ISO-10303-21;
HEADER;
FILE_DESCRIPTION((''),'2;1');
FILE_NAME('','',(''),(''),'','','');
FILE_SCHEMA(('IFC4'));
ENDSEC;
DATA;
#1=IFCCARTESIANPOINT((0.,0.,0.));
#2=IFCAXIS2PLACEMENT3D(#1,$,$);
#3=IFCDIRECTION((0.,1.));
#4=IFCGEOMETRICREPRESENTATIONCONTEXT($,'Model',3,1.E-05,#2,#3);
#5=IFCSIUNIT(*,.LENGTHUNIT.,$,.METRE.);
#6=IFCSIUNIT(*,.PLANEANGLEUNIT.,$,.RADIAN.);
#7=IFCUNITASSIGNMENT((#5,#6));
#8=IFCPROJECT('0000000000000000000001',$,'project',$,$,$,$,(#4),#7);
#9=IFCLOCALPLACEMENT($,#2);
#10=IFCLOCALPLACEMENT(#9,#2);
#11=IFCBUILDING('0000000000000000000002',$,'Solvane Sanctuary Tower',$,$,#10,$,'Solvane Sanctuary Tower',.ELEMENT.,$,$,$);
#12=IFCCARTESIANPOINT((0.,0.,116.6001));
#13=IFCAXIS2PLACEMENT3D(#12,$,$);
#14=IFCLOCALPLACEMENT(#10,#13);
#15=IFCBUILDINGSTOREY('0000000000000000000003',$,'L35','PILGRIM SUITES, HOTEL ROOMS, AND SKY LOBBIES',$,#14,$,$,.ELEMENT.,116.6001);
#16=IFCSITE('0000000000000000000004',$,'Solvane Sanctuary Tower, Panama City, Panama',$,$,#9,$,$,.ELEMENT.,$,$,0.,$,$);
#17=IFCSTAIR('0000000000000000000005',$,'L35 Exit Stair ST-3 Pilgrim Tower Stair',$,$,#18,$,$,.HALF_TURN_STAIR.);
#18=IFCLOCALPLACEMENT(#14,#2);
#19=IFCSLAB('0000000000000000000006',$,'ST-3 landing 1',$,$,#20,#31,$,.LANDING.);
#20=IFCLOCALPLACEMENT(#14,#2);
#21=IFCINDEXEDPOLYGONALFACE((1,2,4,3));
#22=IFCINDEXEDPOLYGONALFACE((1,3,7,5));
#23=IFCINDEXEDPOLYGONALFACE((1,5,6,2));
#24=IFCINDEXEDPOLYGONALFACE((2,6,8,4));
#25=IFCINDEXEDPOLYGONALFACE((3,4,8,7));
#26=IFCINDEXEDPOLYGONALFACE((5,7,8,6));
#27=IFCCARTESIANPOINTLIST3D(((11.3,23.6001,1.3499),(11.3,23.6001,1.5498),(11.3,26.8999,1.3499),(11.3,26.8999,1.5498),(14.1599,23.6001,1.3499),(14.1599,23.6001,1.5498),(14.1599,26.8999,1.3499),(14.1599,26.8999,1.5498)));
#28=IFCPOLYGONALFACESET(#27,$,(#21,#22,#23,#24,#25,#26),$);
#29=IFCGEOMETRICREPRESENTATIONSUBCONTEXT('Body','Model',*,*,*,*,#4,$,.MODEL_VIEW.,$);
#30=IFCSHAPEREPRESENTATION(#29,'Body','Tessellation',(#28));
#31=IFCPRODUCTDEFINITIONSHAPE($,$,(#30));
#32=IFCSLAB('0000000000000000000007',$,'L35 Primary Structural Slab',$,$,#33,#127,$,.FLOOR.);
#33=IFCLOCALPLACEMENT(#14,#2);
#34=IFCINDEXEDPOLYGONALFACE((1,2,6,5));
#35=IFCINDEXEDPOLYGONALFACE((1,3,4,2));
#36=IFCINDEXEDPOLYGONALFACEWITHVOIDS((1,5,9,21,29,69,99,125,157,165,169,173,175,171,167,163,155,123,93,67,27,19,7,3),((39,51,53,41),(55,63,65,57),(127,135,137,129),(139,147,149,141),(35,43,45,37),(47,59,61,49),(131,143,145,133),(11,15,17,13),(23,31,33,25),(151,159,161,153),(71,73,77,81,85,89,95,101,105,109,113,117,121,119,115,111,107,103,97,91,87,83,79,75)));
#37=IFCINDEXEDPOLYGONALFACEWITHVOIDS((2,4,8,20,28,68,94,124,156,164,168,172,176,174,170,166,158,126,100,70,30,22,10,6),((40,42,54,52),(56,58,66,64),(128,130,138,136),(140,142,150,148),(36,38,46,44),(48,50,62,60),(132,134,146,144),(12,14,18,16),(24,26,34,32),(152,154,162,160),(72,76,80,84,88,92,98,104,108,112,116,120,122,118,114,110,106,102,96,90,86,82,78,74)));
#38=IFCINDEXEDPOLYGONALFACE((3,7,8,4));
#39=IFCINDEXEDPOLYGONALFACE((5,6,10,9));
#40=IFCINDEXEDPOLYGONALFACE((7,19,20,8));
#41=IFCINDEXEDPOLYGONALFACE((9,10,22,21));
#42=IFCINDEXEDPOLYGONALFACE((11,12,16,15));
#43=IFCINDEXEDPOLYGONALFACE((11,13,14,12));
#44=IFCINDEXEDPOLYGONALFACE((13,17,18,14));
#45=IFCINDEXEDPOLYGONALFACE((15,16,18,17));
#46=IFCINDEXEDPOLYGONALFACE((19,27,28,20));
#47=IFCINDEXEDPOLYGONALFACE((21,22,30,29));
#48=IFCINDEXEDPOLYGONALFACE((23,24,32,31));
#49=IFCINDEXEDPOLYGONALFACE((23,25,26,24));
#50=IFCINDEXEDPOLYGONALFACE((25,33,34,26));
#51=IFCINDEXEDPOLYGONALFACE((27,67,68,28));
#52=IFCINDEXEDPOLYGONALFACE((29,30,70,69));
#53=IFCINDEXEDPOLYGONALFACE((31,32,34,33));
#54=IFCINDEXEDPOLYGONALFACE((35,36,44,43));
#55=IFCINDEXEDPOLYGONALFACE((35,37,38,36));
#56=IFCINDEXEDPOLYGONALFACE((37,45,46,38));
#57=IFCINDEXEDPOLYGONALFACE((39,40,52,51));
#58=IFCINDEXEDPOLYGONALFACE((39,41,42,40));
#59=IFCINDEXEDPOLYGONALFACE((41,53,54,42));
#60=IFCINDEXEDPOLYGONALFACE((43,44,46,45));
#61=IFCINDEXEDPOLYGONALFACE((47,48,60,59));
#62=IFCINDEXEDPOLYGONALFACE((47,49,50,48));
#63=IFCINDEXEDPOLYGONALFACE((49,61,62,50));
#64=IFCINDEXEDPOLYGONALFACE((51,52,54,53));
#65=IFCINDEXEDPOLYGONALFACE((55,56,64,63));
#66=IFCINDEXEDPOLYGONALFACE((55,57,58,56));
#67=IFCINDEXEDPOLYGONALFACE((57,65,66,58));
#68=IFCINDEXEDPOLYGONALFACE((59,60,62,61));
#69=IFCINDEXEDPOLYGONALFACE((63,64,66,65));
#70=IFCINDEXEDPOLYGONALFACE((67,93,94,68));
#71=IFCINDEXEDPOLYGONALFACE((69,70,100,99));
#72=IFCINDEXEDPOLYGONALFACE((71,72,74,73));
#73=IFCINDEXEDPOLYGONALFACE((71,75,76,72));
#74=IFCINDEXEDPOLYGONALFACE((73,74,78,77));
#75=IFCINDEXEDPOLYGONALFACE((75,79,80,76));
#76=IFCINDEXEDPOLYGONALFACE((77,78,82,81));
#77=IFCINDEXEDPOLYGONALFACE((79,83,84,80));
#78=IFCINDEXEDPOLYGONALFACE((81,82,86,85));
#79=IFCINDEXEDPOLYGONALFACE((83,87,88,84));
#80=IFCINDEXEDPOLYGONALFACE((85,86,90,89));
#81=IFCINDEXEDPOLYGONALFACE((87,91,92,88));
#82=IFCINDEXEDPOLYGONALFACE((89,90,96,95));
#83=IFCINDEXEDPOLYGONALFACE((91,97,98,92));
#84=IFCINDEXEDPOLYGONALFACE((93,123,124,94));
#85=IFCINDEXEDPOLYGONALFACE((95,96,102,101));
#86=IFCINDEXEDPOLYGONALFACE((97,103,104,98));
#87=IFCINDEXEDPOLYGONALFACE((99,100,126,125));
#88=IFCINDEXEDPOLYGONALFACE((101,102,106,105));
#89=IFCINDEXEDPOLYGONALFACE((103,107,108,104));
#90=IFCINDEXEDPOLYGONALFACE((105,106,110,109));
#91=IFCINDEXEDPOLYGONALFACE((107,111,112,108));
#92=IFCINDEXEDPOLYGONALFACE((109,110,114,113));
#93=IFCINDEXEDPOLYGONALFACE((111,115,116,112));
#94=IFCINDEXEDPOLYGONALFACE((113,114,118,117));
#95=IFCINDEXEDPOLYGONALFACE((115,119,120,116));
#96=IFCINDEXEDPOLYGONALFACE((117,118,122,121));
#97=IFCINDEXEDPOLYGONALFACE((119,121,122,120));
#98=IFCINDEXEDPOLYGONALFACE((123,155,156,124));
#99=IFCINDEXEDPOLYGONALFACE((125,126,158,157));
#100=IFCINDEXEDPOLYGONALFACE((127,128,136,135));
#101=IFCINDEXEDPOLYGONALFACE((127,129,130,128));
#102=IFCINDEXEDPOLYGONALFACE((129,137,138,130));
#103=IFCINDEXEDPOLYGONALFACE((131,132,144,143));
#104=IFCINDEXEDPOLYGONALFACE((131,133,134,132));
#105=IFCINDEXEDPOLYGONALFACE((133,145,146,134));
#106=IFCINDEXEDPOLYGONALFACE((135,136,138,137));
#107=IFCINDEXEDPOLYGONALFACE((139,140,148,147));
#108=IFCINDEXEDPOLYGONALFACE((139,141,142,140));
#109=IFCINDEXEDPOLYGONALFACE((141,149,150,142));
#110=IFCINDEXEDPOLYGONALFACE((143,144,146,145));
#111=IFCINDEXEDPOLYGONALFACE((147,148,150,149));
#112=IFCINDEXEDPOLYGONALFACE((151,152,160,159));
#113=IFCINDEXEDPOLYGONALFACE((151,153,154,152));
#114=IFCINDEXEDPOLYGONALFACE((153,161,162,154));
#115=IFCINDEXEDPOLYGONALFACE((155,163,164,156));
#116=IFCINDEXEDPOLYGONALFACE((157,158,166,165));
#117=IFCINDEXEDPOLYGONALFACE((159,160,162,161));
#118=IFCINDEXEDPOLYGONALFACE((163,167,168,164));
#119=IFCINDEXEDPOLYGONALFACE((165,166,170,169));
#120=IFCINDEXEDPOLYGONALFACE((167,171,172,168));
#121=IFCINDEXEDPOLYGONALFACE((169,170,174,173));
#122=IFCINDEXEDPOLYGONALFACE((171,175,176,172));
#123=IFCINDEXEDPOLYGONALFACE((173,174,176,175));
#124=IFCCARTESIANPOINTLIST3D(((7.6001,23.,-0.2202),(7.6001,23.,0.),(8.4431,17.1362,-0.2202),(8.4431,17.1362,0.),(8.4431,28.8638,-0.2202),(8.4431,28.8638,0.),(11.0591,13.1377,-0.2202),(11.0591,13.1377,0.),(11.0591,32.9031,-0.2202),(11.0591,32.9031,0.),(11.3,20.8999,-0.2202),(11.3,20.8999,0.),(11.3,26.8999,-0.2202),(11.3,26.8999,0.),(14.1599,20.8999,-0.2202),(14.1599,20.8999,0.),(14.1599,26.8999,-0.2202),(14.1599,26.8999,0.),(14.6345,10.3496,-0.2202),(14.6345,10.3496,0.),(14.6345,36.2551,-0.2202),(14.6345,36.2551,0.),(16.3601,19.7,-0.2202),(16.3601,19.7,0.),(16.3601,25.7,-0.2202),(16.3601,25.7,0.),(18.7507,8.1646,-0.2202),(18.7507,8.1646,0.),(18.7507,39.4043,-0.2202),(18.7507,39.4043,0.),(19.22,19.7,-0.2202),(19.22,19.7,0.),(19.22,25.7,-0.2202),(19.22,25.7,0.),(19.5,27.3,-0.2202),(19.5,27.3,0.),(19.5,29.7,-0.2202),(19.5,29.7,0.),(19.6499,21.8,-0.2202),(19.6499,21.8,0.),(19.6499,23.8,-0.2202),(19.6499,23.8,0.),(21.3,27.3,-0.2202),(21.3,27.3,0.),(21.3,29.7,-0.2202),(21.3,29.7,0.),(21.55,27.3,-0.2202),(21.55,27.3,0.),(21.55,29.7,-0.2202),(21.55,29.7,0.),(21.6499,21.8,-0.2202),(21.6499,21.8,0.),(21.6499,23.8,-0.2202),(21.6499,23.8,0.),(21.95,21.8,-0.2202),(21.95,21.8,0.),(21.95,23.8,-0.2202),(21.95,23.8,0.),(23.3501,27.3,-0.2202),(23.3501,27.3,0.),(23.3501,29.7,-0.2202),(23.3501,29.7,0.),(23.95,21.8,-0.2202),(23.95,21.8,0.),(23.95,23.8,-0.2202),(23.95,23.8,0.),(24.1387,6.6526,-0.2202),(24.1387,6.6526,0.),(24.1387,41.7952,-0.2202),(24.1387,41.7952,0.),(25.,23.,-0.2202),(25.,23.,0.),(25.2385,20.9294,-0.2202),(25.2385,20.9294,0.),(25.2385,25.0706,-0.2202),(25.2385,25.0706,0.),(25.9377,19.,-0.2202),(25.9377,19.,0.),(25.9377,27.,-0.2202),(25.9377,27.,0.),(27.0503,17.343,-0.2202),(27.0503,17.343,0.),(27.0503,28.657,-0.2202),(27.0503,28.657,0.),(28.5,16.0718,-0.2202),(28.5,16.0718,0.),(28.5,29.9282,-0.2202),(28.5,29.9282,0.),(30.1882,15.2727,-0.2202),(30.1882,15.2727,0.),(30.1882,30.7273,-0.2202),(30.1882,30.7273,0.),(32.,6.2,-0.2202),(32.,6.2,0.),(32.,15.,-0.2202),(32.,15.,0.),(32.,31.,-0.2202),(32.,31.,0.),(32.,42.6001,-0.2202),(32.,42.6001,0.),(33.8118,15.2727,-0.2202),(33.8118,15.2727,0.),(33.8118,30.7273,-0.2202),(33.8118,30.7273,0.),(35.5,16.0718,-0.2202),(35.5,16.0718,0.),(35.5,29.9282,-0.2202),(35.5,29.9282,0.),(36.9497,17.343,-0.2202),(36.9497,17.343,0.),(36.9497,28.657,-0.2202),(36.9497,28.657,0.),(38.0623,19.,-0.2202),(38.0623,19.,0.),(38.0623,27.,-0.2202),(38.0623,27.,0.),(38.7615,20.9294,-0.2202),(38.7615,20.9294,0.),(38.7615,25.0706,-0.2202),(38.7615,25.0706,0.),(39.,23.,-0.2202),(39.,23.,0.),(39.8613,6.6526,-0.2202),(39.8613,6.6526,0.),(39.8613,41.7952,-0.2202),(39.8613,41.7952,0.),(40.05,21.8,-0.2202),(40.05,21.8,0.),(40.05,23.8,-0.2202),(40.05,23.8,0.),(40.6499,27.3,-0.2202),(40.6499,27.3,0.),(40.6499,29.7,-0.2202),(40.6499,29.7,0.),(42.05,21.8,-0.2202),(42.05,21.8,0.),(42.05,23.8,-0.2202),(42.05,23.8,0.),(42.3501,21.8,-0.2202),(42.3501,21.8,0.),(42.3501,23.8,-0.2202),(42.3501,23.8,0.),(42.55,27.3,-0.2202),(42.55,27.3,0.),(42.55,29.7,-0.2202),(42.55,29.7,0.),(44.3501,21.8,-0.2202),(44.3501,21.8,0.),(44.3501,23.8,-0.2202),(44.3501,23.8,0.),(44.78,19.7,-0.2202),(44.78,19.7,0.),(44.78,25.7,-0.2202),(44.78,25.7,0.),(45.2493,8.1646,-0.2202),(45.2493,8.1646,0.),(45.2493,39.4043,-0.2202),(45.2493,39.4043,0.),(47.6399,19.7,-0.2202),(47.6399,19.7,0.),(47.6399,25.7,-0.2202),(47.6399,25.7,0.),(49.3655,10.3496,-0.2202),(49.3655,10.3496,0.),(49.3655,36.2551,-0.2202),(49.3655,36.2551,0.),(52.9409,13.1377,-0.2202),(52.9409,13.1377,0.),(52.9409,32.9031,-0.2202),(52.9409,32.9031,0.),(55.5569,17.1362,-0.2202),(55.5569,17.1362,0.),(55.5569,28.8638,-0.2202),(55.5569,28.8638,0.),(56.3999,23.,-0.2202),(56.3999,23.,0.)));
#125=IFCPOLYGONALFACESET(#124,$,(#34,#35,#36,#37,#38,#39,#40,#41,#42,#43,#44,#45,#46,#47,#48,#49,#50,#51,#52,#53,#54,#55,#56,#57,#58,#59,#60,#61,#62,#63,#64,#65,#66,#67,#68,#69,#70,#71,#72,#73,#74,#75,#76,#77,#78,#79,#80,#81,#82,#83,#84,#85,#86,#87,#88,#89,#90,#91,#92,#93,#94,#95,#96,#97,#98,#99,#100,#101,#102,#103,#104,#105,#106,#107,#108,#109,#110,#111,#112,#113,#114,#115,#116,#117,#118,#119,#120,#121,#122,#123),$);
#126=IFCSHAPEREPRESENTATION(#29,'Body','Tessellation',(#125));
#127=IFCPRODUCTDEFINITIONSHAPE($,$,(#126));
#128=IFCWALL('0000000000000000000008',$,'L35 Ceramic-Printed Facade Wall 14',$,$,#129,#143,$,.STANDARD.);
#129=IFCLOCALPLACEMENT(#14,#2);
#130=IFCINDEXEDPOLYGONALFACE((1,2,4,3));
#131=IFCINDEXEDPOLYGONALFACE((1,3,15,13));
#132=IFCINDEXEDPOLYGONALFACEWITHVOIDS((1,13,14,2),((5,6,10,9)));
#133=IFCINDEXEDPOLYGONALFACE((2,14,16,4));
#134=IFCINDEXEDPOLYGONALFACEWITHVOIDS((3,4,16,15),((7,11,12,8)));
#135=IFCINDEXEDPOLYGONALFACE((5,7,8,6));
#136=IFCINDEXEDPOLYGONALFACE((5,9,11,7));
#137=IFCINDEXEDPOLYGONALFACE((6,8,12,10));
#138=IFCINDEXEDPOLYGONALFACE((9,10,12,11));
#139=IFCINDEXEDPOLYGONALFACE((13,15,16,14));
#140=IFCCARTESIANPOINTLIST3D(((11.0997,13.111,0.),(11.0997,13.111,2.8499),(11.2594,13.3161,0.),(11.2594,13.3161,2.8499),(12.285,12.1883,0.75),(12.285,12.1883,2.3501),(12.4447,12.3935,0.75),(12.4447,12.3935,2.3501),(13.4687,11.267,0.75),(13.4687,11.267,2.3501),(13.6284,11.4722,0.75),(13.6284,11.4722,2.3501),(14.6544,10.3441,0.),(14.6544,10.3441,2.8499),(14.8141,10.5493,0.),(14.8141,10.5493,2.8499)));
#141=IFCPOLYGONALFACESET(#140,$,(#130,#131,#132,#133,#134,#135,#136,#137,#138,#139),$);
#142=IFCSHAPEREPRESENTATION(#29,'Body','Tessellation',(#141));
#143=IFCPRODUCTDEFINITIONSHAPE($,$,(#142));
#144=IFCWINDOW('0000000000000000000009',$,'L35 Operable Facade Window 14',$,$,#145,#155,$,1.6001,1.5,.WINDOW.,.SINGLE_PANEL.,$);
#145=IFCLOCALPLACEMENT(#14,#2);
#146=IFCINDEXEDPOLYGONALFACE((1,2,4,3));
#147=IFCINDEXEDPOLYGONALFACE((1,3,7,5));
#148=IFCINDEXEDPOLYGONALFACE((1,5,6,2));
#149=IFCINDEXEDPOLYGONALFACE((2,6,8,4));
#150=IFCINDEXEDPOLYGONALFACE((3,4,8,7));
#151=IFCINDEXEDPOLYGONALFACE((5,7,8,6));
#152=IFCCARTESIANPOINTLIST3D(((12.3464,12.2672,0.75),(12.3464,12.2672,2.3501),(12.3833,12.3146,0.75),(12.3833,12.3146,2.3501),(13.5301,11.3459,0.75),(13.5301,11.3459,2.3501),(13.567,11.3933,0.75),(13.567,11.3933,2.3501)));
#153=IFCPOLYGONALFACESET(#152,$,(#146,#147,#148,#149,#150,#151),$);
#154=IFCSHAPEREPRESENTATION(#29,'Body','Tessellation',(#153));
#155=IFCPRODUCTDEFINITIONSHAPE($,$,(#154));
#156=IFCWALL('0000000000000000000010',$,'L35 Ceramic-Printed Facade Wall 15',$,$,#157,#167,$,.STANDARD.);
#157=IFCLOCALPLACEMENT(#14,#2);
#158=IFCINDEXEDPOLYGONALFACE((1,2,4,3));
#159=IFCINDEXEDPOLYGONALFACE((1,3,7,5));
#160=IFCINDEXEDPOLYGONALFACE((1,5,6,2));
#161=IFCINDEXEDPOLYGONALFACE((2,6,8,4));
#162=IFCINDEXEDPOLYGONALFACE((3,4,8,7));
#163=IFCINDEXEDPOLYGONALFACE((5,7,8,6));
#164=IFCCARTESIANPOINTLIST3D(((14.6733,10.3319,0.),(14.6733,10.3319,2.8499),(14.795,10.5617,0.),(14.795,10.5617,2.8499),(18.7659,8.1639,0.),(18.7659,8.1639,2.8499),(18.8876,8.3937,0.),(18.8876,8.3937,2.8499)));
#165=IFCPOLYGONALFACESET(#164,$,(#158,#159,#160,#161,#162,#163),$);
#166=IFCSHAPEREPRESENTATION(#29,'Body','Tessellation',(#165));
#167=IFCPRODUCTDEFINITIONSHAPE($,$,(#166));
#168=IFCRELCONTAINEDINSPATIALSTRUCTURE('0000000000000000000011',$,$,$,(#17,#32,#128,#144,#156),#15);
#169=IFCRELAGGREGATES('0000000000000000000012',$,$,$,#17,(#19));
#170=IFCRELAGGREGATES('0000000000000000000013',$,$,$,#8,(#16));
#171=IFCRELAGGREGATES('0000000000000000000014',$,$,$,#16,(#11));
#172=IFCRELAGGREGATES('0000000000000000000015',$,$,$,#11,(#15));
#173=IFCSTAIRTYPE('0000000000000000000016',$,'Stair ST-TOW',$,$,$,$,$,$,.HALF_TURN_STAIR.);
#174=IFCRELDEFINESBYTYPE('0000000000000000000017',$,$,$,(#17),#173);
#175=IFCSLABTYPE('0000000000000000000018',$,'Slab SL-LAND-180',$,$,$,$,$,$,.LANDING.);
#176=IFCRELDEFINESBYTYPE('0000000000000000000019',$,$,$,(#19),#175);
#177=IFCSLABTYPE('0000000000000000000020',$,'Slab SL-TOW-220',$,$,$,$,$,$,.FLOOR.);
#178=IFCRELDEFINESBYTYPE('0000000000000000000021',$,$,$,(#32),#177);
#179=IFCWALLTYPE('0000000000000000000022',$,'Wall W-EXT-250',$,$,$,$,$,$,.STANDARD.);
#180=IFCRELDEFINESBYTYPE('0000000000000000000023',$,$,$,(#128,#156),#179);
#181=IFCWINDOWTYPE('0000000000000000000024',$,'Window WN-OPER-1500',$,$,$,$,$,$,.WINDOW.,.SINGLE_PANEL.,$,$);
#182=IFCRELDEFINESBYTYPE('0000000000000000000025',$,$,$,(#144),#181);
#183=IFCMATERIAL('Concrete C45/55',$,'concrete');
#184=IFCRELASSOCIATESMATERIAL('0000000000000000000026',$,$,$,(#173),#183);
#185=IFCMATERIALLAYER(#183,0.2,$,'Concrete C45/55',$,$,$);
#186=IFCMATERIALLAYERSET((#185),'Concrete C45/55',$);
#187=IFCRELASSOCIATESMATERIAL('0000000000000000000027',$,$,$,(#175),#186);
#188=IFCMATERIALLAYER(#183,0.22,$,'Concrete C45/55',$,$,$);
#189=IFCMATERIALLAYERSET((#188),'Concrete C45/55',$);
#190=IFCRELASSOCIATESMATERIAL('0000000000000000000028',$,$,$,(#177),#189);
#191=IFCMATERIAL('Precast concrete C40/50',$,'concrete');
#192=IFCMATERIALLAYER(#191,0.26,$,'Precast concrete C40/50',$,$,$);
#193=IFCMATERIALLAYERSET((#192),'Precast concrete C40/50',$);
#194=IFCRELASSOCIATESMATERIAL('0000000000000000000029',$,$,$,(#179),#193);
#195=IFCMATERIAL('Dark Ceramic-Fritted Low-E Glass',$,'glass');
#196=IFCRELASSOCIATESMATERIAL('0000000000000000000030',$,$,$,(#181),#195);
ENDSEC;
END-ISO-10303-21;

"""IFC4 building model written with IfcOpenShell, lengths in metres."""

from ifc_helpers import new_model, si_unit, direction, frame, frame_2d, origin, place, context, subcontext, project, spatial, polyline, rectangle, outline, extrude, material, layer, layer_set, type_object, element, fill, aggregate, save


model = new_model("IFC4")

# Units and contexts
model_context = context("Model", 3, precision=1e-05, world=origin(), true_north=direction((0.0, 1.0)))
body_context = subcontext(model_context, "Body", "Model", "MODEL_VIEW")
ifc_project = project(units=[si_unit("LENGTHUNIT", "METRE"), si_unit("PLANEANGLEUNIT", "RADIAN")], contexts=[model_context])

# Site, building, storey
site_placement = place(None, origin())
site = spatial("IfcSite", under=ifc_project, at=site_placement, Name="Solvane Sanctuary Tower, Panama City, Panama", CompositionType="ELEMENT", RefElevation=0.0)
building_placement = place(site_placement, origin())
building = spatial("IfcBuilding", under=site, at=building_placement, Name="Solvane Sanctuary Tower", LongName="Solvane Sanctuary Tower", CompositionType="ELEMENT")
storey_placement = place(building_placement, frame((0.0, 0.0, 116.6001)))
storey = spatial("IfcBuildingStorey", under=building, at=storey_placement, Name="L35", Description="PILGRIM SUITES, HOTEL ROOMS, AND SKY LOBBIES", CompositionType="ELEMENT", Elevation=116.6001)

# Shared definitions
ifc_material_1 = material(Name="Precast concrete C40/50", Category="concrete")

# Stair, slab
ifc_material_2 = material(Name="Concrete C45/55", Category="concrete")
stair_type = type_object("IfcStairType", Name="Stair ST-TOW", PredefinedType="HALF_TURN_STAIR", material=ifc_material_2)
ifc_layer_1 = layer(ifc_material_2, 0.2, Name="Concrete C45/55")
ifc_layer_set_1 = layer_set([ifc_layer_1], Name="Concrete C45/55")
slab_type_1 = type_object("IfcSlabType", Name="Slab SL-LAND-180", PredefinedType="LANDING", material=ifc_layer_set_1)
stair_1_placement = place(storey_placement, origin())
stair_1 = element("IfcStair", 1, at=stair_1_placement, inside=storey, type_object=stair_type, Name="L35 Exit Stair ST-3 Pilgrim Tower Stair", PredefinedType="HALF_TURN_STAIR")
slab_1_placement = place(storey_placement, frame((0.0, 0.0, 1.3499)))
slab_1 = element("IfcSlab", 2, at=slab_1_placement, type_object=slab_type_1, Name="ST-3 landing 1", PredefinedType="LANDING", context=body_context, shape_type="SweptSolid", body=[
    extrude(outline(polyline([(14.1599, 23.6001), (14.1599, 26.8999), (11.3, 26.8999), (11.3, 23.6001), (14.1599, 23.6001)])), origin(), (0.0, 0.0, 1.0), 0.2),
])
aggregate(stair_1, [slab_1])

# Slab
ifc_layer_2 = layer(ifc_material_2, 0.22, Name="Concrete C45/55")
ifc_layer_set_2 = layer_set([ifc_layer_2], Name="Concrete C45/55")
slab_type_2 = type_object("IfcSlabType", Name="Slab SL-TOW-220", PredefinedType="FLOOR", material=ifc_layer_set_2)
slab_2_placement = place(storey_placement, frame((0.0, 0.0, -0.2202)))
element("IfcSlab", 3, at=slab_2_placement, inside=storey, type_object=slab_type_2, Name="L35 Primary Structural Slab", PredefinedType="FLOOR", context=body_context, shape_type="SweptSolid", body=[
    extrude(outline(polyline([(56.3999, 23.0), (55.5569, 28.8638), (52.9409, 32.9031), (49.3655, 36.2551), (45.2493, 39.4043), (39.8613, 41.7952), (32.0, 42.6001), (24.1387, 41.7952), (18.7507, 39.4043), (14.6345, 36.2551), (11.0591, 32.9031), (8.4431, 28.8638), (7.6001, 23.0), (8.4431, 17.1362), (11.0591, 13.1377), (14.6345, 10.3496), (18.7507, 8.1646), (24.1387, 6.6526), (32.0, 6.2), (39.8613, 6.6526), (45.2493, 8.1646), (49.3655, 10.3496), (52.9409, 13.1377), (55.5569, 17.1362), (56.3999, 23.0)]), holes=[polyline([(38.7615, 20.9294), (38.0623, 19.0), (36.9497, 17.343), (35.5, 16.0718), (33.8118, 15.2727), (32.0, 15.0), (30.1882, 15.2727), (28.5, 16.0718), (27.0503, 17.343), (25.9377, 19.0), (25.2385, 20.9294), (25.0, 23.0), (25.2385, 25.0706), (25.9377, 27.0), (27.0503, 28.657), (28.5, 29.9282), (30.1882, 30.7273), (32.0, 31.0), (33.8118, 30.7273), (35.5, 29.9282), (36.9497, 28.657), (38.0623, 27.0), (38.7615, 25.0706), (39.0, 23.0), (38.7615, 20.9294)]), polyline([(16.3601, 19.7), (16.3601, 25.7), (19.22, 25.7), (19.22, 19.7), (16.3601, 19.7)]), polyline([(44.78, 19.7), (44.78, 25.7), (47.6399, 25.7), (47.6399, 19.7), (44.78, 19.7)]), polyline([(11.3, 20.8999), (11.3, 26.8999), (14.1599, 26.8999), (14.1599, 20.8999), (11.3, 20.8999)]), polyline([(19.6499, 23.8), (21.6499, 23.8), (21.6499, 21.8), (19.6499, 21.8), (19.6499, 23.8)]), polyline([(42.3501, 23.8), (44.3501, 23.8), (44.3501, 21.8), (42.3501, 21.8), (42.3501, 23.8)]), polyline([(21.95, 23.8), (23.95, 23.8), (23.95, 21.8), (21.95, 21.8), (21.95, 23.8)]), polyline([(40.05, 23.8), (42.05, 23.8), (42.05, 21.8), (40.05, 21.8), (40.05, 23.8)]), polyline([(19.5, 29.7), (21.3, 29.7), (21.3, 27.3), (19.5, 27.3), (19.5, 29.7)]), polyline([(21.55, 29.7), (23.3501, 29.7), (23.3501, 27.3), (21.55, 27.3), (21.55, 29.7)]), polyline([(40.6499, 29.7), (42.55, 29.7), (42.55, 27.3), (40.6499, 27.3), (40.6499, 29.7)])]), origin(), (0.0, 0.0, 1.0), 0.2202),
])

# Wall, opening, window
ifc_layer_3 = layer(ifc_material_1, 0.26, Name="Precast concrete C40/50")
ifc_layer_set_3 = layer_set([ifc_layer_3], Name="Precast concrete C40/50")
wall_type = type_object("IfcWallType", Name="Wall W-EXT-250", PredefinedType="STANDARD", material=ifc_layer_set_3)
wall_1_placement = place(storey_placement, frame((11.1794, 13.2136, 0.0), z_axis=(0.0, 0.0, 1.0), x_axis=(0.789127, -0.614229, 0.0)))
wall_1 = element("IfcWall", 4, at=wall_1_placement, inside=storey, type_object=wall_type, Name="L35 Ceramic-Printed Facade Wall 14", PredefinedType="STANDARD", context=body_context, shape_type="SweptSolid", body=[
    extrude(rectangle(XDim=4.5046, YDim=0.26, at=frame_2d((2.2524, 0.0))), origin(), (0.0, 0.0, 1.0), 2.8499),
])
opening_placement = place(wall_1_placement, frame((1.5022, 0.0, 0.75)))
opening = element("IfcOpeningElement", 5, at=opening_placement, cuts=wall_1, PredefinedType="OPENING", context=body_context, shape_type="SweptSolid", body=[
    extrude(rectangle(XDim=1.5, YDim=1.6001, at=frame_2d((0.75, 0.8))), frame((0.0, 0.1399, 0.0), z_axis=(0.0, -1.0, 0.0), x_axis=(1.0, 0.0, 0.0)), (0.0, 0.0, 1.0), 0.28),
])
ifc_material_3 = material(Name="Dark Ceramic-Fritted Low-E Glass", Category="glass")
window_type = type_object("IfcWindowType", Name="Window WN-OPER-1500", PartitioningType="SINGLE_PANEL", PredefinedType="WINDOW", material=ifc_material_3)
window_placement = place(opening_placement, origin())
window = element("IfcWindow", 6, at=window_placement, inside=storey, type_object=window_type, Name="L35 Operable Facade Window 14", OverallHeight=1.6001, OverallWidth=1.5, PartitioningType="SINGLE_PANEL", PredefinedType="WINDOW", context=body_context, shape_type="SweptSolid", body=[
    extrude(rectangle(XDim=1.5, YDim=1.6001, at=frame_2d((0.75, 0.8))), frame((0.0, 0.03, 0.0), z_axis=(0.0, -1.0, 0.0), x_axis=(1.0, 0.0, 0.0)), (0.0, 0.0, 1.0), 0.0601),
])
fill(opening, window)

# Wall
wall_2_placement = place(storey_placement, frame((14.7341, 10.4468, 0.0), z_axis=(0.0, 0.0, 1.0), x_axis=(0.883669, -0.468113, 0.0)))
element("IfcWall", 7, at=wall_2_placement, inside=storey, type_object=wall_type, Name="L35 Ceramic-Printed Facade Wall 15", PredefinedType="STANDARD", context=body_context, shape_type="SweptSolid", body=[
    extrude(rectangle(XDim=4.6313, YDim=0.26, at=frame_2d((2.3157, 0.0))), origin(), (0.0, 0.0, 1.0), 2.8499),
])

save(model, "model.ifc")
